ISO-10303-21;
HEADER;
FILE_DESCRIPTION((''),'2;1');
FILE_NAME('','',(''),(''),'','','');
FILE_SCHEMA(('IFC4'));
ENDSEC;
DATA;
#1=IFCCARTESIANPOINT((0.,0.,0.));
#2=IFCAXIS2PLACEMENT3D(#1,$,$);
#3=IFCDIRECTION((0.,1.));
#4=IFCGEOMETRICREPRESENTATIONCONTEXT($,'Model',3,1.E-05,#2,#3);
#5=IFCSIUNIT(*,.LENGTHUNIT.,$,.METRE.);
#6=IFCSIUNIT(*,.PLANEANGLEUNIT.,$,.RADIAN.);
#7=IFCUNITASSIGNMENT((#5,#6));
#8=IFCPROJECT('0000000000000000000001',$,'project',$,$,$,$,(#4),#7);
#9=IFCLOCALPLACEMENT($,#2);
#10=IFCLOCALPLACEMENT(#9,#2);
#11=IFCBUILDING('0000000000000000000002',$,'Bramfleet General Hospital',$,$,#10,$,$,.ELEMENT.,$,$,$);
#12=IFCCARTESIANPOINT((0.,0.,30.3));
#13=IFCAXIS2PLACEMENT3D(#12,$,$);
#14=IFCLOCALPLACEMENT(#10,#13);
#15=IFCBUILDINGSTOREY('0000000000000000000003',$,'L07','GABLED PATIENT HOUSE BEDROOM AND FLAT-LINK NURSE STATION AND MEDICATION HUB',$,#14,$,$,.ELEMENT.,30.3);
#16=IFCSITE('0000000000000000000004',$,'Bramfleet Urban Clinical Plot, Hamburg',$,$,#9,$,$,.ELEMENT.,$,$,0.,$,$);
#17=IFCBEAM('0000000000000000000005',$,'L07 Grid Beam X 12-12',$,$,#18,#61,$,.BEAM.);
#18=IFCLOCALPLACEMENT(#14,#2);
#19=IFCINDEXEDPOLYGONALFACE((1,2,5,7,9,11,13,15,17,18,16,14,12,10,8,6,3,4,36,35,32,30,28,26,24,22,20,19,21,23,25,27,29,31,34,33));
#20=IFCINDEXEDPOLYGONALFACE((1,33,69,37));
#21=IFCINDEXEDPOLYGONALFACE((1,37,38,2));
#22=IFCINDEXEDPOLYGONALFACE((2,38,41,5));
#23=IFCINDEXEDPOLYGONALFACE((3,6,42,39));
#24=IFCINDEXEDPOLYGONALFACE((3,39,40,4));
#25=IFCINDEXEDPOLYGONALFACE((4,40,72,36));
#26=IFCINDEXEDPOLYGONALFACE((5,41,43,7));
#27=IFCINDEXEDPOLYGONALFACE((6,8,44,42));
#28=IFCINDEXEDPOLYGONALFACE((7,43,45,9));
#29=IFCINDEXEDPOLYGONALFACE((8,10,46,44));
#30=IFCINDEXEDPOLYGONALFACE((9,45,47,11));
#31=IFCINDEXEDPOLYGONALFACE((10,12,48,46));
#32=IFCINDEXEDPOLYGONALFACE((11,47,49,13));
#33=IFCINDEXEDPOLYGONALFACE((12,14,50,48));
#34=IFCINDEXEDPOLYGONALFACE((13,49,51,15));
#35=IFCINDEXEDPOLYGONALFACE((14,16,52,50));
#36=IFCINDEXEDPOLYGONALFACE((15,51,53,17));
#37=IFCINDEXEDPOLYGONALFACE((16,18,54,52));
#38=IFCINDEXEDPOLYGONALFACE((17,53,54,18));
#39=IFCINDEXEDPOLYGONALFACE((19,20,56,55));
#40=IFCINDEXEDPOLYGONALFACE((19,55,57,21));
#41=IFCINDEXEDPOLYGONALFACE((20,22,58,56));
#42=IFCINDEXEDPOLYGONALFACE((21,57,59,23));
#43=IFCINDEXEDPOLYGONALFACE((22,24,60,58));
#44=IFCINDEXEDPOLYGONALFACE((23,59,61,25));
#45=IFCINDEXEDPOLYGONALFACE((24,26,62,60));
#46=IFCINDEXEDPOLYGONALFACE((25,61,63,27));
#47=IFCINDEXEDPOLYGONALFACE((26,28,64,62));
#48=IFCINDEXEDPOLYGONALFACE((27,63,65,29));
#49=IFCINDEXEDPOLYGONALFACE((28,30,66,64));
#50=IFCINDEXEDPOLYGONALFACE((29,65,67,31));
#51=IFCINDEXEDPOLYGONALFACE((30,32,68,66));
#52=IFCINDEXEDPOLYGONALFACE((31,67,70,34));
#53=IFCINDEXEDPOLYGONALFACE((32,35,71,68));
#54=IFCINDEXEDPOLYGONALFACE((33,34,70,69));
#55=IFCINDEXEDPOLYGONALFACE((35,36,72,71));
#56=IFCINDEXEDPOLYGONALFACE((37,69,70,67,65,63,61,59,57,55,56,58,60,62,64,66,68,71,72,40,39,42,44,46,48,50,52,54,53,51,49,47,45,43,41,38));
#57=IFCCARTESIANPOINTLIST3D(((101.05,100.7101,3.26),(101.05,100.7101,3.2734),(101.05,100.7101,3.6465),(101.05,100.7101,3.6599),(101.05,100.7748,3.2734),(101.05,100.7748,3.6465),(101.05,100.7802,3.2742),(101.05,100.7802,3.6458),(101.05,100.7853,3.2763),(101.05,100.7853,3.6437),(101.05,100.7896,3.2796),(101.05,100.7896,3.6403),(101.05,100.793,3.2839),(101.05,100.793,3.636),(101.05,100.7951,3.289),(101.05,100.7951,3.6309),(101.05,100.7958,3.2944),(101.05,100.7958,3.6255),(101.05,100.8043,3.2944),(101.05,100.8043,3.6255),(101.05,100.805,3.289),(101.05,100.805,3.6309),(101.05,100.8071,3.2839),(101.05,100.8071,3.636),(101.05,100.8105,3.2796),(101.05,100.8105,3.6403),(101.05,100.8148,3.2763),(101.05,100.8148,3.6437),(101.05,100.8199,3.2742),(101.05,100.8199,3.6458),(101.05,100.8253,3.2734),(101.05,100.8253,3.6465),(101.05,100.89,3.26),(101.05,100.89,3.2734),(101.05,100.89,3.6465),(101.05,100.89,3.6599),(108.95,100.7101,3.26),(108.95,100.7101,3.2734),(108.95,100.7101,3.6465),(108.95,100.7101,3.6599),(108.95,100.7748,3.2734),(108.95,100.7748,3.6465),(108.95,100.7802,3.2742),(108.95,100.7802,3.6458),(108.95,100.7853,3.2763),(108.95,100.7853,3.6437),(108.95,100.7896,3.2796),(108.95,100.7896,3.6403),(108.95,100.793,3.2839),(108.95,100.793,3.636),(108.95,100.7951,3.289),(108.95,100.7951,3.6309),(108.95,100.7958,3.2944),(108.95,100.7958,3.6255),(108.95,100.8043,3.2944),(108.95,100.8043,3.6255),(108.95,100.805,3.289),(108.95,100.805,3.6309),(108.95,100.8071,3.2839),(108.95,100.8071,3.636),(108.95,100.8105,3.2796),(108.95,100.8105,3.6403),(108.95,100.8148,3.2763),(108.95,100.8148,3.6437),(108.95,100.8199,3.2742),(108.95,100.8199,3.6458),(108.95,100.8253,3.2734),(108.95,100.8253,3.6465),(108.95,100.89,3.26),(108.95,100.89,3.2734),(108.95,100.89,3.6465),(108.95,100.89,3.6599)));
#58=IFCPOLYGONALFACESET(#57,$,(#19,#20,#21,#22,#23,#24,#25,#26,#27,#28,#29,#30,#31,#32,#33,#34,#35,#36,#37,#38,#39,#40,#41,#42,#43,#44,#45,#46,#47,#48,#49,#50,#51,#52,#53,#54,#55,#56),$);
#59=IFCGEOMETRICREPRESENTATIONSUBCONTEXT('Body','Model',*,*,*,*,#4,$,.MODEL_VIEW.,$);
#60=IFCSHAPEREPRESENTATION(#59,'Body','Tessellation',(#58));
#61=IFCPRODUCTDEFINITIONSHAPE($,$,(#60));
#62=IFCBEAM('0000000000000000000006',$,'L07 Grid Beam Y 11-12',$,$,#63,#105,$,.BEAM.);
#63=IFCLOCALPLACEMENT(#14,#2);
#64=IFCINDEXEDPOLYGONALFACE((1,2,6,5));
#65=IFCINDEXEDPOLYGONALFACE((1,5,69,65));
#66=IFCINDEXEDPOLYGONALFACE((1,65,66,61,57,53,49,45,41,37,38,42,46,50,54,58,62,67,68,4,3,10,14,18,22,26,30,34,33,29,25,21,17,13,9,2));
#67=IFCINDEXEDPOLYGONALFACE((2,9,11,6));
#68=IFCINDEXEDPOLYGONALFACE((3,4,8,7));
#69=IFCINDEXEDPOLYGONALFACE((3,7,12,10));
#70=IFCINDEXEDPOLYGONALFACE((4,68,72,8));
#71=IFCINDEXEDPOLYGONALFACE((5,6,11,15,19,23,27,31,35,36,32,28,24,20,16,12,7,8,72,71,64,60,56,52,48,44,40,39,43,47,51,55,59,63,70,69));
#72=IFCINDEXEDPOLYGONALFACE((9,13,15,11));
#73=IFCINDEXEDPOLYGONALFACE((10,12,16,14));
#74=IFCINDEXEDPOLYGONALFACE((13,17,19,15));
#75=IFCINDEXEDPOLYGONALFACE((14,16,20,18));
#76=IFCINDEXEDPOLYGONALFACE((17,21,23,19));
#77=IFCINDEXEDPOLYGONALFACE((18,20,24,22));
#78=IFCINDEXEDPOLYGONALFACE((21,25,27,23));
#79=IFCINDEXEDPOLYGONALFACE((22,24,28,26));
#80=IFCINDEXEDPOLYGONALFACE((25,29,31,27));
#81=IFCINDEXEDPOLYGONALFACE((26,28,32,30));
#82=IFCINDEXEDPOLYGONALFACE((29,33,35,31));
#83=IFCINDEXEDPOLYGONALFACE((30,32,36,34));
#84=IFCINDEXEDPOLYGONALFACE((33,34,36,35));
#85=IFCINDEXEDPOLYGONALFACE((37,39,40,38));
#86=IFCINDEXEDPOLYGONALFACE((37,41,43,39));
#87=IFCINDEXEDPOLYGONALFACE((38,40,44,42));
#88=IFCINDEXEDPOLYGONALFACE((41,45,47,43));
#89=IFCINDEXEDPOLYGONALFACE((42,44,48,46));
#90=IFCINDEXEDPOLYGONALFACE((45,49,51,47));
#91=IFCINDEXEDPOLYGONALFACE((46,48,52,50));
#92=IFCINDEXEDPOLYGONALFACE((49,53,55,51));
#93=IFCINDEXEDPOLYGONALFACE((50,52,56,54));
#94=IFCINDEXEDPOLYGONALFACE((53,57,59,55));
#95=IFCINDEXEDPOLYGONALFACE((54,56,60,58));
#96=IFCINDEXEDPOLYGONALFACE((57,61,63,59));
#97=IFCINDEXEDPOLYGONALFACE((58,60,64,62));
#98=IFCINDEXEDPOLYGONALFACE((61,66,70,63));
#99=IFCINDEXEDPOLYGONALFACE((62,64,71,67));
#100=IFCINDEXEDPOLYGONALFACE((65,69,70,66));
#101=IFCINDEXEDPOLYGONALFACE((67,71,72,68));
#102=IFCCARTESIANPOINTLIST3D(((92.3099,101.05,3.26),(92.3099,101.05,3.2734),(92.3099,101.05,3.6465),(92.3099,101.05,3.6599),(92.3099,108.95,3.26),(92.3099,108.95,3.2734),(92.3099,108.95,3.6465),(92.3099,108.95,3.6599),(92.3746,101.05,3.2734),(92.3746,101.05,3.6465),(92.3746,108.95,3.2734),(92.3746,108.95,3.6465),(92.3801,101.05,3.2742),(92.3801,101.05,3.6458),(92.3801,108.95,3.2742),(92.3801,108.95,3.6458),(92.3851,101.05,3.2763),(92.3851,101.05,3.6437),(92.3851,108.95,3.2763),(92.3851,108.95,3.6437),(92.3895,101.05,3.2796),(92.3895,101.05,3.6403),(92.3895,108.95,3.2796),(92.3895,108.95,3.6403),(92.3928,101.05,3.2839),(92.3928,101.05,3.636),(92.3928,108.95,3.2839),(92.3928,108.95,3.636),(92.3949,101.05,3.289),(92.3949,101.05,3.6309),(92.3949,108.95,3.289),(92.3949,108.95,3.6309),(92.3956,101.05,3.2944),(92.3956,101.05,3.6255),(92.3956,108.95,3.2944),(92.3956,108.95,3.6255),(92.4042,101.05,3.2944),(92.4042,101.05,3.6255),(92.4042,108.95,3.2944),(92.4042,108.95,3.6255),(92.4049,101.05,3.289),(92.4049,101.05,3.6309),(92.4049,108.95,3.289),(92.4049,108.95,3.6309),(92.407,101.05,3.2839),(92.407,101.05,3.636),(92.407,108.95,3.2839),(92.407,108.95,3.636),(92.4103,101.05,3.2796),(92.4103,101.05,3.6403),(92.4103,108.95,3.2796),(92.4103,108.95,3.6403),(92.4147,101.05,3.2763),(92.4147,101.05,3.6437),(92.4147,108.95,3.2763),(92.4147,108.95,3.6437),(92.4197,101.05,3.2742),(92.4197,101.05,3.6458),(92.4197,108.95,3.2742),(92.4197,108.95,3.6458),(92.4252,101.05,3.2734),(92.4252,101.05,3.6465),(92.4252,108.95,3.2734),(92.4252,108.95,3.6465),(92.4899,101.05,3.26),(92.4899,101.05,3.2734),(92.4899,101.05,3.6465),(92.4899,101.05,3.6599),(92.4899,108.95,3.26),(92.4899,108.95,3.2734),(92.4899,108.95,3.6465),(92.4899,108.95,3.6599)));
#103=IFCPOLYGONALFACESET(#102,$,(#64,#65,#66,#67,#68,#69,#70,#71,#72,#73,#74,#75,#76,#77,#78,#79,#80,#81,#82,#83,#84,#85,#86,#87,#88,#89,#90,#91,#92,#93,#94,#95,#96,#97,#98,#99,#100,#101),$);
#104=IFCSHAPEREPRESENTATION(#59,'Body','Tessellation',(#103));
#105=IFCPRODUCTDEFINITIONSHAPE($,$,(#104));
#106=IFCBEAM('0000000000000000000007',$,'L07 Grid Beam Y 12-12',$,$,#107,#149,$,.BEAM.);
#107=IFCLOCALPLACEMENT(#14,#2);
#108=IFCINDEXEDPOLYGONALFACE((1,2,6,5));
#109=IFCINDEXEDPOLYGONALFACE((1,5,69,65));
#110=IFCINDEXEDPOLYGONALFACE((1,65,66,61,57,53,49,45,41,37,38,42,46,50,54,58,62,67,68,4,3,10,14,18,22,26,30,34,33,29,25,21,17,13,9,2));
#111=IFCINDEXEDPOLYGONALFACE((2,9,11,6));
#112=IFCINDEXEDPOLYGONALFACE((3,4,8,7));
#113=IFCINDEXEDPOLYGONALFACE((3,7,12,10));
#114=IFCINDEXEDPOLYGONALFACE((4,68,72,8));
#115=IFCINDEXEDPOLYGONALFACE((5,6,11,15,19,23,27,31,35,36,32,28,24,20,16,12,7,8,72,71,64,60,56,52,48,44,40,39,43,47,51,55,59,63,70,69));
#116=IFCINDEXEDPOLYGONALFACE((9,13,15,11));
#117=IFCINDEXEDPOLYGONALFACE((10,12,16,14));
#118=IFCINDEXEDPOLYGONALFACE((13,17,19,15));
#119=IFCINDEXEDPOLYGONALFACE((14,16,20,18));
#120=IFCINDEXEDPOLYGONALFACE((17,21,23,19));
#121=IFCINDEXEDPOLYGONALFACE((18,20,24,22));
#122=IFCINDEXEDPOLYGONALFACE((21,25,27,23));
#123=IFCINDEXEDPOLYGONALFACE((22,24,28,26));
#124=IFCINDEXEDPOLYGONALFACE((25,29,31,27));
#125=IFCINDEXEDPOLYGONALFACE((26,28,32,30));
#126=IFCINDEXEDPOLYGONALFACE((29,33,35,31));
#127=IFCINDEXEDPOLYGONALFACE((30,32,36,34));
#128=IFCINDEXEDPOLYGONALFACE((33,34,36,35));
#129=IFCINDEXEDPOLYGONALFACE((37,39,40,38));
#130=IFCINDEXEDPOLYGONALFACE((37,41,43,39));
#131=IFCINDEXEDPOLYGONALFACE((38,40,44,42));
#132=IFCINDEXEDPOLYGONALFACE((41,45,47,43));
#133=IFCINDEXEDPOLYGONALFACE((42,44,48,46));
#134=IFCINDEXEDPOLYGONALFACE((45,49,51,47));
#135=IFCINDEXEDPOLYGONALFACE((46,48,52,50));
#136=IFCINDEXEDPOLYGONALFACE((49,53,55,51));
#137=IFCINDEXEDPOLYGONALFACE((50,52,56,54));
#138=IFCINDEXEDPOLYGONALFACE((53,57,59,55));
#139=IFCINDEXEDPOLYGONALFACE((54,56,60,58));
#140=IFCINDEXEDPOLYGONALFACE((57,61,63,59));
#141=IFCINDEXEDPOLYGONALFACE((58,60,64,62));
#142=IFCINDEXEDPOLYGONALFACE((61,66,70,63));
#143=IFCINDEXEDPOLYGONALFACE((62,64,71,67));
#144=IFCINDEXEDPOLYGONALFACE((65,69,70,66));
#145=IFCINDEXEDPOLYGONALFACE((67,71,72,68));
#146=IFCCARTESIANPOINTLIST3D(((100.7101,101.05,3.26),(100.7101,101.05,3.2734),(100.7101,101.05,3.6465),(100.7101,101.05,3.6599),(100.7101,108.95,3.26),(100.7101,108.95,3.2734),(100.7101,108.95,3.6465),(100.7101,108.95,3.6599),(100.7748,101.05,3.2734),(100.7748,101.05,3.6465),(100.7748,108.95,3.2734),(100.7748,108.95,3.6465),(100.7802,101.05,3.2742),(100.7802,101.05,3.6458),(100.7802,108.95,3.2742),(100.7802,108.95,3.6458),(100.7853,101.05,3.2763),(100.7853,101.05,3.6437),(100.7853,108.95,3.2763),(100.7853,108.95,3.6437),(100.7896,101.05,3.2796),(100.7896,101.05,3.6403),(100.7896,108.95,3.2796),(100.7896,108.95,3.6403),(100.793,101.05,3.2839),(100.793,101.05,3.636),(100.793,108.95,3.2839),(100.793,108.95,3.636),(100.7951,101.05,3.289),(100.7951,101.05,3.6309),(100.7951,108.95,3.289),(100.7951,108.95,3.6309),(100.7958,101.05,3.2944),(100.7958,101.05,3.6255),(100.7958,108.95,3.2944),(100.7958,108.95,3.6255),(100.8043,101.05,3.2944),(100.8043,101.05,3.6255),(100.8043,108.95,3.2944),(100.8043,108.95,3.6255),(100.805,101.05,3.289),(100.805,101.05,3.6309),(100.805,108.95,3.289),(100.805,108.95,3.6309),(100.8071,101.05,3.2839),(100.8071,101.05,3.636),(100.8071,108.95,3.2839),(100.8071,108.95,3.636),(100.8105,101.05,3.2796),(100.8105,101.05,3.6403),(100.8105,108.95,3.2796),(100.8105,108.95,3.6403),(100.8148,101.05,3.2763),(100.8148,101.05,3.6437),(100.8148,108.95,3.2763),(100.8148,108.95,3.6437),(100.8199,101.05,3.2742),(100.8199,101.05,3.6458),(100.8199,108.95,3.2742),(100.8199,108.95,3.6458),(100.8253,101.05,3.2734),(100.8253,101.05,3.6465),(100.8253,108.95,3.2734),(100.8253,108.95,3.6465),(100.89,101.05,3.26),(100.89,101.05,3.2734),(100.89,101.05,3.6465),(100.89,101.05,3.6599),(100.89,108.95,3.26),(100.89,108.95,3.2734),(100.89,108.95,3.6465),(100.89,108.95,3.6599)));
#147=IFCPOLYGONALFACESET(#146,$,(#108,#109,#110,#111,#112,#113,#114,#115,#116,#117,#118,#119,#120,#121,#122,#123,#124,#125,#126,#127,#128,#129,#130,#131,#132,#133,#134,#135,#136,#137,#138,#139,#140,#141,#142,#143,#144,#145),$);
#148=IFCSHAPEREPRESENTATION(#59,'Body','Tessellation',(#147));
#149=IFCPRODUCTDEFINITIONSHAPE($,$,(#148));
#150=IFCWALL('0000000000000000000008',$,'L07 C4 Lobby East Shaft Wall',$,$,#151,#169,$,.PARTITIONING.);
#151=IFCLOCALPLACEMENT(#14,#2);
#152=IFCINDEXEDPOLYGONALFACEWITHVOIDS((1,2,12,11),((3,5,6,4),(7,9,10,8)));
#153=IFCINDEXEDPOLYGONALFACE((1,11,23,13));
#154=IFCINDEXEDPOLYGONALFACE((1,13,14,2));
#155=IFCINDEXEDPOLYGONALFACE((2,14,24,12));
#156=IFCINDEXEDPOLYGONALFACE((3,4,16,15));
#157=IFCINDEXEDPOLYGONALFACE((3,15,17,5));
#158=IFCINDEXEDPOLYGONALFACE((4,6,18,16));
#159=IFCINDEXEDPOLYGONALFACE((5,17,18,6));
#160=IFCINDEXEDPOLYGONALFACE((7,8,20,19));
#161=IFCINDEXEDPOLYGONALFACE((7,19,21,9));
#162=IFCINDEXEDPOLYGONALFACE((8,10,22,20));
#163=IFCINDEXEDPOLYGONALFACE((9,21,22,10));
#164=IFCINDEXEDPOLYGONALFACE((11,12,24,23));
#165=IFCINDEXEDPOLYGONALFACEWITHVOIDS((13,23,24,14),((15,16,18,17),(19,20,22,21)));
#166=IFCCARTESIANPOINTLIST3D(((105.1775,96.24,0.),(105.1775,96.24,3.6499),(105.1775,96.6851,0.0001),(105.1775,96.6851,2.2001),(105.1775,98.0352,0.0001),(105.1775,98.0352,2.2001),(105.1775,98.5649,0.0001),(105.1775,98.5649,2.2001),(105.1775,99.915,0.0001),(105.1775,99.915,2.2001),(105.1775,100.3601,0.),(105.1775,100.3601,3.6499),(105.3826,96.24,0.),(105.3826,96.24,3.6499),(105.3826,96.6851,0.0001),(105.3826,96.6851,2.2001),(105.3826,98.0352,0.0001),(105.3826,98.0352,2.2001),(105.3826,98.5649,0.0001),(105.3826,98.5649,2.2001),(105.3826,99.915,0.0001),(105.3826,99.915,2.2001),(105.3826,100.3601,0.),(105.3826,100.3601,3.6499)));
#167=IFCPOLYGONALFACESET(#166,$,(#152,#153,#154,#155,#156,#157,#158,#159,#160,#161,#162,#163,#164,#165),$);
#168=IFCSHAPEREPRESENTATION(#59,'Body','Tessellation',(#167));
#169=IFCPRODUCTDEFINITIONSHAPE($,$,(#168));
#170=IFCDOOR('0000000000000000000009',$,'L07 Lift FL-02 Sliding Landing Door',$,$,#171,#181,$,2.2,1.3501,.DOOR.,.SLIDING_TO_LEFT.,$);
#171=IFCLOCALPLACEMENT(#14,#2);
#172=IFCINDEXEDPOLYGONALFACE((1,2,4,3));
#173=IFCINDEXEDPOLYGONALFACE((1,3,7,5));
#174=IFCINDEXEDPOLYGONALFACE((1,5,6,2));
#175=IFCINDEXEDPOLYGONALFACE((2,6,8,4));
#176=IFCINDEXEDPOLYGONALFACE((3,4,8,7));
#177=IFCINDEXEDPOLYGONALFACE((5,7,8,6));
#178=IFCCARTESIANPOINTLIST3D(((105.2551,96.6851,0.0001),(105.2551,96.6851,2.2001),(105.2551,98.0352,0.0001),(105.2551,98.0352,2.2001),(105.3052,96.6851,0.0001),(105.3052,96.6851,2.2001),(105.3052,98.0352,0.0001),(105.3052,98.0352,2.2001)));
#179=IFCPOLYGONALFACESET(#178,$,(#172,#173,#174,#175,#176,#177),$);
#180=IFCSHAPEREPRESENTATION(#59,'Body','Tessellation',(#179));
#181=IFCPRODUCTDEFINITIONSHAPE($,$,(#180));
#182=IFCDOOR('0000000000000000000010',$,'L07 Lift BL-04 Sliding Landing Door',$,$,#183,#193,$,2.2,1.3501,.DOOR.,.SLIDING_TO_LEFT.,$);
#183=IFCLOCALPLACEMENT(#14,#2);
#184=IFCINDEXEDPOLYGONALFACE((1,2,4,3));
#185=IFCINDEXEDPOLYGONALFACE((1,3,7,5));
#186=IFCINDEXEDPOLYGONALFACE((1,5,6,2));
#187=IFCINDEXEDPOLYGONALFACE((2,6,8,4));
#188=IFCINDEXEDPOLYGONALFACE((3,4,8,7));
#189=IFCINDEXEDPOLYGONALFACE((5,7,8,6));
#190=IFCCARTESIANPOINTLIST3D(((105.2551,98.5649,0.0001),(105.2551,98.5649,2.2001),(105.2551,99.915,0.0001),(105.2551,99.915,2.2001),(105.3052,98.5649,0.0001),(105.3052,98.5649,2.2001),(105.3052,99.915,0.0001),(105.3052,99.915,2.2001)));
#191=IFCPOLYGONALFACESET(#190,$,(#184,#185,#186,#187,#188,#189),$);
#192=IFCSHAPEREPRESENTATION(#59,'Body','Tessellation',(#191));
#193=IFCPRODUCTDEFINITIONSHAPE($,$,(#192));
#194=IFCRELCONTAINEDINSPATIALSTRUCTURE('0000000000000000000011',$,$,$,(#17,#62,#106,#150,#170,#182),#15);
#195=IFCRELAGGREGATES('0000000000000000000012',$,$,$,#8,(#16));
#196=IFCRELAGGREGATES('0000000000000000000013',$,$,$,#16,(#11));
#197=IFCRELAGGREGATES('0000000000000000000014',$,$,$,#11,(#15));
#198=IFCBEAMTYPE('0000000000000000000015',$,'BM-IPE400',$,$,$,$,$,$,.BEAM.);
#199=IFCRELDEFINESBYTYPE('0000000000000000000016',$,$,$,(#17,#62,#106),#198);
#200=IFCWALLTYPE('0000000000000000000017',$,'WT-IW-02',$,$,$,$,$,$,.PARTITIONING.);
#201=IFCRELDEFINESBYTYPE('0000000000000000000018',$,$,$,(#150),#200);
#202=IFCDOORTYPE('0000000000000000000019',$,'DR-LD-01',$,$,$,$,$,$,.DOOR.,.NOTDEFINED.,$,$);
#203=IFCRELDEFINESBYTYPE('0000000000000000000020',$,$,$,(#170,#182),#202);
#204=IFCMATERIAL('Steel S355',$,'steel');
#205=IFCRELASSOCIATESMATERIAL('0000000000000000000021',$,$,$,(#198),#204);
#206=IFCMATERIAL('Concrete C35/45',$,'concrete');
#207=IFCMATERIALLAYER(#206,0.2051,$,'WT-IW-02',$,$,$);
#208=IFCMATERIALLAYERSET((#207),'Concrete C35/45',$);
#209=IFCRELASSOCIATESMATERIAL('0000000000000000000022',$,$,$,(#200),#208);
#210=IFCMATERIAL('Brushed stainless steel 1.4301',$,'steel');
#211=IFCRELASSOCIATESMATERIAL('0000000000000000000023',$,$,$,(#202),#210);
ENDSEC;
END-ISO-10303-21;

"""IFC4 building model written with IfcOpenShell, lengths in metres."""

from ifc_helpers import new_model, si_unit, direction, frame, frame_2d, origin, origin_2d, place, context, subcontext, project, spatial, rectangle, i_section, extrude, material, layer, layer_set, material_profile, profile_set, type_object, element, fill, save


model = new_model("IFC4")

# Units and contexts
model_context = context("Model", 3, precision=1e-05, world=origin(), true_north=direction((0.0, 1.0)))
body_context = subcontext(model_context, "Body", "Model", "MODEL_VIEW")
ifc_project = project(units=[si_unit("LENGTHUNIT", "METRE"), si_unit("PLANEANGLEUNIT", "RADIAN")], contexts=[model_context])

# Site, building, storey
site_placement = place(None, origin())
site = spatial("IfcSite", under=ifc_project, at=site_placement, Name="Bramfleet Urban Clinical Plot, Hamburg", CompositionType="ELEMENT", RefElevation=0.0)
building_placement = place(site_placement, origin())
building = spatial("IfcBuilding", under=site, at=building_placement, Name="Bramfleet General Hospital", CompositionType="ELEMENT")
storey_placement = place(building_placement, frame((0.0, 0.0, 30.3)))
storey = spatial("IfcBuildingStorey", under=building, at=storey_placement, Name="L07", Description="GABLED PATIENT HOUSE BEDROOM AND FLAT-LINK NURSE STATION AND MEDICATION HUB", CompositionType="ELEMENT", Elevation=30.3)

# Beams
ifc_material_1 = material(Name="Steel S355", Category="steel")
ifc_material_profile_1 = material_profile(ifc_material_1, i_section(OverallWidth=0.1799, OverallDepth=0.3999, WebThickness=0.0085, FlangeThickness=0.0134, FilletRadius=0.021, at=origin_2d()), Name="IPE 400")
ifc_profile_set_1 = profile_set([ifc_material_profile_1], Name="Steel S355")
beam_type_1 = type_object("IfcBeamType", Name="BM-IPE400", PredefinedType="BEAM", material=ifc_profile_set_1)
for number, where, z_axis, x_axis, name in (
    (1, (101.05, 100.8, 3.46), (1.0, 0.0, 0.0), (0.0, 1.0, 0.0), "L07 Grid Beam X 12-12"),
    (2, (92.3999, 101.05, 3.46), (0.0, 1.0, 0.0), (-1.0, 0.0, 0.0), "L07 Grid Beam Y 11-12"),
    (3, (100.8, 101.05, 3.46), (0.0, 1.0, 0.0), (-1.0, 0.0, 0.0), "L07 Grid Beam Y 12-12"),
):
    element("IfcBeam", number, at=place(storey_placement, frame(where, z_axis=z_axis, x_axis=x_axis)), inside=storey, type_object=beam_type_1, Name=name, PredefinedType="BEAM", context=body_context, shape_type="SweptSolid", body=[
        extrude(i_section(OverallWidth=0.1799, OverallDepth=0.3999, WebThickness=0.0085, FlangeThickness=0.0134, FilletRadius=0.021, at=origin_2d()), origin(), (0.0, 0.0, 1.0), 7.8999),
    ])

# Wall, openings, doors
ifc_material_2 = material(Name="Concrete C35/45", Category="concrete")
ifc_layer_1 = layer(ifc_material_2, 0.2051, Name="WT-IW-02")
ifc_layer_set_1 = layer_set([ifc_layer_1], Name="Concrete C35/45")
wall_type_1 = type_object("IfcWallType", Name="WT-IW-02", PredefinedType="PARTITIONING", material=ifc_layer_set_1)
wall_1_placement = place(storey_placement, frame((105.28, 96.24, 0.0), z_axis=(0.0, 0.0, 1.0), x_axis=(0.0, 1.0, 0.0)))
wall_1 = element("IfcWall", 4, at=wall_1_placement, inside=storey, type_object=wall_type_1, Name="L07 C4 Lobby East Shaft Wall", PredefinedType="PARTITIONING", context=body_context, shape_type="SweptSolid", body=[
    extrude(rectangle(XDim=4.1201, YDim=0.2051, at=frame_2d((2.0601, 0.0))), origin(), (0.0, 0.0, 1.0), 3.6499),
])
opening_1_placement = place(wall_1_placement, frame((0.4451, 0.0, 0.0)))
opening_1 = element("IfcOpeningElement", 5, at=opening_1_placement, cuts=wall_1, PredefinedType="OPENING", context=body_context, shape_type="SweptSolid", body=[
    extrude(rectangle(XDim=1.3501, YDim=2.2, at=frame_2d((0.675, 1.1001))), frame((0.0, 0.1125, 0.0), z_axis=(0.0, -1.0, 0.0), x_axis=(1.0, 0.0, 0.0)), (0.0, 0.0, 1.0), 0.2251),
])
opening_2_placement = place(wall_1_placement, frame((2.325, 0.0, 0.0)))
opening_2 = element("IfcOpeningElement", 6, at=opening_2_placement, cuts=wall_1, PredefinedType="OPENING", context=body_context, shape_type="SweptSolid", body=[
    extrude(rectangle(XDim=1.3501, YDim=2.2, at=frame_2d((0.675, 1.1001))), frame((0.0, 0.1125, 0.0), z_axis=(0.0, -1.0, 0.0), x_axis=(1.0, 0.0, 0.0)), (0.0, 0.0, 1.0), 0.2251),
])
ifc_material_3 = material(Name="Brushed stainless steel 1.4301", Category="steel")
door_type_1 = type_object("IfcDoorType", Name="DR-LD-01", OperationType="NOTDEFINED", PredefinedType="DOOR", material=ifc_material_3)
door_1_placement = place(opening_1_placement, origin())
door_1 = element("IfcDoor", 7, at=door_1_placement, inside=storey, type_object=door_type_1, Name="L07 Lift FL-02 Sliding Landing Door", OperationType="SLIDING_TO_LEFT", OverallHeight=2.2, OverallWidth=1.3501, PredefinedType="DOOR", context=body_context, shape_type="SweptSolid", body=[
    extrude(rectangle(XDim=1.3501, YDim=2.2, at=frame_2d((0.675, 1.1001))), frame((0.0, 0.0249, 0.0), z_axis=(0.0, -1.0, 0.0), x_axis=(1.0, 0.0, 0.0)), (0.0, 0.0, 1.0), 0.05),
])
fill(opening_1, door_1)
door_2_placement = place(opening_2_placement, origin())
door_2 = element("IfcDoor", 8, at=door_2_placement, inside=storey, type_object=door_type_1, Name="L07 Lift BL-04 Sliding Landing Door", OperationType="SLIDING_TO_LEFT", OverallHeight=2.2, OverallWidth=1.3501, PredefinedType="DOOR", context=body_context, shape_type="SweptSolid", body=[
    extrude(rectangle(XDim=1.3501, YDim=2.2, at=frame_2d((0.675, 1.1001))), frame((0.0, 0.0249, 0.0), z_axis=(0.0, -1.0, 0.0), x_axis=(1.0, 0.0, 0.0)), (0.0, 0.0, 1.0), 0.05),
])
fill(opening_2, door_2)

save(model, "model.ifc")
